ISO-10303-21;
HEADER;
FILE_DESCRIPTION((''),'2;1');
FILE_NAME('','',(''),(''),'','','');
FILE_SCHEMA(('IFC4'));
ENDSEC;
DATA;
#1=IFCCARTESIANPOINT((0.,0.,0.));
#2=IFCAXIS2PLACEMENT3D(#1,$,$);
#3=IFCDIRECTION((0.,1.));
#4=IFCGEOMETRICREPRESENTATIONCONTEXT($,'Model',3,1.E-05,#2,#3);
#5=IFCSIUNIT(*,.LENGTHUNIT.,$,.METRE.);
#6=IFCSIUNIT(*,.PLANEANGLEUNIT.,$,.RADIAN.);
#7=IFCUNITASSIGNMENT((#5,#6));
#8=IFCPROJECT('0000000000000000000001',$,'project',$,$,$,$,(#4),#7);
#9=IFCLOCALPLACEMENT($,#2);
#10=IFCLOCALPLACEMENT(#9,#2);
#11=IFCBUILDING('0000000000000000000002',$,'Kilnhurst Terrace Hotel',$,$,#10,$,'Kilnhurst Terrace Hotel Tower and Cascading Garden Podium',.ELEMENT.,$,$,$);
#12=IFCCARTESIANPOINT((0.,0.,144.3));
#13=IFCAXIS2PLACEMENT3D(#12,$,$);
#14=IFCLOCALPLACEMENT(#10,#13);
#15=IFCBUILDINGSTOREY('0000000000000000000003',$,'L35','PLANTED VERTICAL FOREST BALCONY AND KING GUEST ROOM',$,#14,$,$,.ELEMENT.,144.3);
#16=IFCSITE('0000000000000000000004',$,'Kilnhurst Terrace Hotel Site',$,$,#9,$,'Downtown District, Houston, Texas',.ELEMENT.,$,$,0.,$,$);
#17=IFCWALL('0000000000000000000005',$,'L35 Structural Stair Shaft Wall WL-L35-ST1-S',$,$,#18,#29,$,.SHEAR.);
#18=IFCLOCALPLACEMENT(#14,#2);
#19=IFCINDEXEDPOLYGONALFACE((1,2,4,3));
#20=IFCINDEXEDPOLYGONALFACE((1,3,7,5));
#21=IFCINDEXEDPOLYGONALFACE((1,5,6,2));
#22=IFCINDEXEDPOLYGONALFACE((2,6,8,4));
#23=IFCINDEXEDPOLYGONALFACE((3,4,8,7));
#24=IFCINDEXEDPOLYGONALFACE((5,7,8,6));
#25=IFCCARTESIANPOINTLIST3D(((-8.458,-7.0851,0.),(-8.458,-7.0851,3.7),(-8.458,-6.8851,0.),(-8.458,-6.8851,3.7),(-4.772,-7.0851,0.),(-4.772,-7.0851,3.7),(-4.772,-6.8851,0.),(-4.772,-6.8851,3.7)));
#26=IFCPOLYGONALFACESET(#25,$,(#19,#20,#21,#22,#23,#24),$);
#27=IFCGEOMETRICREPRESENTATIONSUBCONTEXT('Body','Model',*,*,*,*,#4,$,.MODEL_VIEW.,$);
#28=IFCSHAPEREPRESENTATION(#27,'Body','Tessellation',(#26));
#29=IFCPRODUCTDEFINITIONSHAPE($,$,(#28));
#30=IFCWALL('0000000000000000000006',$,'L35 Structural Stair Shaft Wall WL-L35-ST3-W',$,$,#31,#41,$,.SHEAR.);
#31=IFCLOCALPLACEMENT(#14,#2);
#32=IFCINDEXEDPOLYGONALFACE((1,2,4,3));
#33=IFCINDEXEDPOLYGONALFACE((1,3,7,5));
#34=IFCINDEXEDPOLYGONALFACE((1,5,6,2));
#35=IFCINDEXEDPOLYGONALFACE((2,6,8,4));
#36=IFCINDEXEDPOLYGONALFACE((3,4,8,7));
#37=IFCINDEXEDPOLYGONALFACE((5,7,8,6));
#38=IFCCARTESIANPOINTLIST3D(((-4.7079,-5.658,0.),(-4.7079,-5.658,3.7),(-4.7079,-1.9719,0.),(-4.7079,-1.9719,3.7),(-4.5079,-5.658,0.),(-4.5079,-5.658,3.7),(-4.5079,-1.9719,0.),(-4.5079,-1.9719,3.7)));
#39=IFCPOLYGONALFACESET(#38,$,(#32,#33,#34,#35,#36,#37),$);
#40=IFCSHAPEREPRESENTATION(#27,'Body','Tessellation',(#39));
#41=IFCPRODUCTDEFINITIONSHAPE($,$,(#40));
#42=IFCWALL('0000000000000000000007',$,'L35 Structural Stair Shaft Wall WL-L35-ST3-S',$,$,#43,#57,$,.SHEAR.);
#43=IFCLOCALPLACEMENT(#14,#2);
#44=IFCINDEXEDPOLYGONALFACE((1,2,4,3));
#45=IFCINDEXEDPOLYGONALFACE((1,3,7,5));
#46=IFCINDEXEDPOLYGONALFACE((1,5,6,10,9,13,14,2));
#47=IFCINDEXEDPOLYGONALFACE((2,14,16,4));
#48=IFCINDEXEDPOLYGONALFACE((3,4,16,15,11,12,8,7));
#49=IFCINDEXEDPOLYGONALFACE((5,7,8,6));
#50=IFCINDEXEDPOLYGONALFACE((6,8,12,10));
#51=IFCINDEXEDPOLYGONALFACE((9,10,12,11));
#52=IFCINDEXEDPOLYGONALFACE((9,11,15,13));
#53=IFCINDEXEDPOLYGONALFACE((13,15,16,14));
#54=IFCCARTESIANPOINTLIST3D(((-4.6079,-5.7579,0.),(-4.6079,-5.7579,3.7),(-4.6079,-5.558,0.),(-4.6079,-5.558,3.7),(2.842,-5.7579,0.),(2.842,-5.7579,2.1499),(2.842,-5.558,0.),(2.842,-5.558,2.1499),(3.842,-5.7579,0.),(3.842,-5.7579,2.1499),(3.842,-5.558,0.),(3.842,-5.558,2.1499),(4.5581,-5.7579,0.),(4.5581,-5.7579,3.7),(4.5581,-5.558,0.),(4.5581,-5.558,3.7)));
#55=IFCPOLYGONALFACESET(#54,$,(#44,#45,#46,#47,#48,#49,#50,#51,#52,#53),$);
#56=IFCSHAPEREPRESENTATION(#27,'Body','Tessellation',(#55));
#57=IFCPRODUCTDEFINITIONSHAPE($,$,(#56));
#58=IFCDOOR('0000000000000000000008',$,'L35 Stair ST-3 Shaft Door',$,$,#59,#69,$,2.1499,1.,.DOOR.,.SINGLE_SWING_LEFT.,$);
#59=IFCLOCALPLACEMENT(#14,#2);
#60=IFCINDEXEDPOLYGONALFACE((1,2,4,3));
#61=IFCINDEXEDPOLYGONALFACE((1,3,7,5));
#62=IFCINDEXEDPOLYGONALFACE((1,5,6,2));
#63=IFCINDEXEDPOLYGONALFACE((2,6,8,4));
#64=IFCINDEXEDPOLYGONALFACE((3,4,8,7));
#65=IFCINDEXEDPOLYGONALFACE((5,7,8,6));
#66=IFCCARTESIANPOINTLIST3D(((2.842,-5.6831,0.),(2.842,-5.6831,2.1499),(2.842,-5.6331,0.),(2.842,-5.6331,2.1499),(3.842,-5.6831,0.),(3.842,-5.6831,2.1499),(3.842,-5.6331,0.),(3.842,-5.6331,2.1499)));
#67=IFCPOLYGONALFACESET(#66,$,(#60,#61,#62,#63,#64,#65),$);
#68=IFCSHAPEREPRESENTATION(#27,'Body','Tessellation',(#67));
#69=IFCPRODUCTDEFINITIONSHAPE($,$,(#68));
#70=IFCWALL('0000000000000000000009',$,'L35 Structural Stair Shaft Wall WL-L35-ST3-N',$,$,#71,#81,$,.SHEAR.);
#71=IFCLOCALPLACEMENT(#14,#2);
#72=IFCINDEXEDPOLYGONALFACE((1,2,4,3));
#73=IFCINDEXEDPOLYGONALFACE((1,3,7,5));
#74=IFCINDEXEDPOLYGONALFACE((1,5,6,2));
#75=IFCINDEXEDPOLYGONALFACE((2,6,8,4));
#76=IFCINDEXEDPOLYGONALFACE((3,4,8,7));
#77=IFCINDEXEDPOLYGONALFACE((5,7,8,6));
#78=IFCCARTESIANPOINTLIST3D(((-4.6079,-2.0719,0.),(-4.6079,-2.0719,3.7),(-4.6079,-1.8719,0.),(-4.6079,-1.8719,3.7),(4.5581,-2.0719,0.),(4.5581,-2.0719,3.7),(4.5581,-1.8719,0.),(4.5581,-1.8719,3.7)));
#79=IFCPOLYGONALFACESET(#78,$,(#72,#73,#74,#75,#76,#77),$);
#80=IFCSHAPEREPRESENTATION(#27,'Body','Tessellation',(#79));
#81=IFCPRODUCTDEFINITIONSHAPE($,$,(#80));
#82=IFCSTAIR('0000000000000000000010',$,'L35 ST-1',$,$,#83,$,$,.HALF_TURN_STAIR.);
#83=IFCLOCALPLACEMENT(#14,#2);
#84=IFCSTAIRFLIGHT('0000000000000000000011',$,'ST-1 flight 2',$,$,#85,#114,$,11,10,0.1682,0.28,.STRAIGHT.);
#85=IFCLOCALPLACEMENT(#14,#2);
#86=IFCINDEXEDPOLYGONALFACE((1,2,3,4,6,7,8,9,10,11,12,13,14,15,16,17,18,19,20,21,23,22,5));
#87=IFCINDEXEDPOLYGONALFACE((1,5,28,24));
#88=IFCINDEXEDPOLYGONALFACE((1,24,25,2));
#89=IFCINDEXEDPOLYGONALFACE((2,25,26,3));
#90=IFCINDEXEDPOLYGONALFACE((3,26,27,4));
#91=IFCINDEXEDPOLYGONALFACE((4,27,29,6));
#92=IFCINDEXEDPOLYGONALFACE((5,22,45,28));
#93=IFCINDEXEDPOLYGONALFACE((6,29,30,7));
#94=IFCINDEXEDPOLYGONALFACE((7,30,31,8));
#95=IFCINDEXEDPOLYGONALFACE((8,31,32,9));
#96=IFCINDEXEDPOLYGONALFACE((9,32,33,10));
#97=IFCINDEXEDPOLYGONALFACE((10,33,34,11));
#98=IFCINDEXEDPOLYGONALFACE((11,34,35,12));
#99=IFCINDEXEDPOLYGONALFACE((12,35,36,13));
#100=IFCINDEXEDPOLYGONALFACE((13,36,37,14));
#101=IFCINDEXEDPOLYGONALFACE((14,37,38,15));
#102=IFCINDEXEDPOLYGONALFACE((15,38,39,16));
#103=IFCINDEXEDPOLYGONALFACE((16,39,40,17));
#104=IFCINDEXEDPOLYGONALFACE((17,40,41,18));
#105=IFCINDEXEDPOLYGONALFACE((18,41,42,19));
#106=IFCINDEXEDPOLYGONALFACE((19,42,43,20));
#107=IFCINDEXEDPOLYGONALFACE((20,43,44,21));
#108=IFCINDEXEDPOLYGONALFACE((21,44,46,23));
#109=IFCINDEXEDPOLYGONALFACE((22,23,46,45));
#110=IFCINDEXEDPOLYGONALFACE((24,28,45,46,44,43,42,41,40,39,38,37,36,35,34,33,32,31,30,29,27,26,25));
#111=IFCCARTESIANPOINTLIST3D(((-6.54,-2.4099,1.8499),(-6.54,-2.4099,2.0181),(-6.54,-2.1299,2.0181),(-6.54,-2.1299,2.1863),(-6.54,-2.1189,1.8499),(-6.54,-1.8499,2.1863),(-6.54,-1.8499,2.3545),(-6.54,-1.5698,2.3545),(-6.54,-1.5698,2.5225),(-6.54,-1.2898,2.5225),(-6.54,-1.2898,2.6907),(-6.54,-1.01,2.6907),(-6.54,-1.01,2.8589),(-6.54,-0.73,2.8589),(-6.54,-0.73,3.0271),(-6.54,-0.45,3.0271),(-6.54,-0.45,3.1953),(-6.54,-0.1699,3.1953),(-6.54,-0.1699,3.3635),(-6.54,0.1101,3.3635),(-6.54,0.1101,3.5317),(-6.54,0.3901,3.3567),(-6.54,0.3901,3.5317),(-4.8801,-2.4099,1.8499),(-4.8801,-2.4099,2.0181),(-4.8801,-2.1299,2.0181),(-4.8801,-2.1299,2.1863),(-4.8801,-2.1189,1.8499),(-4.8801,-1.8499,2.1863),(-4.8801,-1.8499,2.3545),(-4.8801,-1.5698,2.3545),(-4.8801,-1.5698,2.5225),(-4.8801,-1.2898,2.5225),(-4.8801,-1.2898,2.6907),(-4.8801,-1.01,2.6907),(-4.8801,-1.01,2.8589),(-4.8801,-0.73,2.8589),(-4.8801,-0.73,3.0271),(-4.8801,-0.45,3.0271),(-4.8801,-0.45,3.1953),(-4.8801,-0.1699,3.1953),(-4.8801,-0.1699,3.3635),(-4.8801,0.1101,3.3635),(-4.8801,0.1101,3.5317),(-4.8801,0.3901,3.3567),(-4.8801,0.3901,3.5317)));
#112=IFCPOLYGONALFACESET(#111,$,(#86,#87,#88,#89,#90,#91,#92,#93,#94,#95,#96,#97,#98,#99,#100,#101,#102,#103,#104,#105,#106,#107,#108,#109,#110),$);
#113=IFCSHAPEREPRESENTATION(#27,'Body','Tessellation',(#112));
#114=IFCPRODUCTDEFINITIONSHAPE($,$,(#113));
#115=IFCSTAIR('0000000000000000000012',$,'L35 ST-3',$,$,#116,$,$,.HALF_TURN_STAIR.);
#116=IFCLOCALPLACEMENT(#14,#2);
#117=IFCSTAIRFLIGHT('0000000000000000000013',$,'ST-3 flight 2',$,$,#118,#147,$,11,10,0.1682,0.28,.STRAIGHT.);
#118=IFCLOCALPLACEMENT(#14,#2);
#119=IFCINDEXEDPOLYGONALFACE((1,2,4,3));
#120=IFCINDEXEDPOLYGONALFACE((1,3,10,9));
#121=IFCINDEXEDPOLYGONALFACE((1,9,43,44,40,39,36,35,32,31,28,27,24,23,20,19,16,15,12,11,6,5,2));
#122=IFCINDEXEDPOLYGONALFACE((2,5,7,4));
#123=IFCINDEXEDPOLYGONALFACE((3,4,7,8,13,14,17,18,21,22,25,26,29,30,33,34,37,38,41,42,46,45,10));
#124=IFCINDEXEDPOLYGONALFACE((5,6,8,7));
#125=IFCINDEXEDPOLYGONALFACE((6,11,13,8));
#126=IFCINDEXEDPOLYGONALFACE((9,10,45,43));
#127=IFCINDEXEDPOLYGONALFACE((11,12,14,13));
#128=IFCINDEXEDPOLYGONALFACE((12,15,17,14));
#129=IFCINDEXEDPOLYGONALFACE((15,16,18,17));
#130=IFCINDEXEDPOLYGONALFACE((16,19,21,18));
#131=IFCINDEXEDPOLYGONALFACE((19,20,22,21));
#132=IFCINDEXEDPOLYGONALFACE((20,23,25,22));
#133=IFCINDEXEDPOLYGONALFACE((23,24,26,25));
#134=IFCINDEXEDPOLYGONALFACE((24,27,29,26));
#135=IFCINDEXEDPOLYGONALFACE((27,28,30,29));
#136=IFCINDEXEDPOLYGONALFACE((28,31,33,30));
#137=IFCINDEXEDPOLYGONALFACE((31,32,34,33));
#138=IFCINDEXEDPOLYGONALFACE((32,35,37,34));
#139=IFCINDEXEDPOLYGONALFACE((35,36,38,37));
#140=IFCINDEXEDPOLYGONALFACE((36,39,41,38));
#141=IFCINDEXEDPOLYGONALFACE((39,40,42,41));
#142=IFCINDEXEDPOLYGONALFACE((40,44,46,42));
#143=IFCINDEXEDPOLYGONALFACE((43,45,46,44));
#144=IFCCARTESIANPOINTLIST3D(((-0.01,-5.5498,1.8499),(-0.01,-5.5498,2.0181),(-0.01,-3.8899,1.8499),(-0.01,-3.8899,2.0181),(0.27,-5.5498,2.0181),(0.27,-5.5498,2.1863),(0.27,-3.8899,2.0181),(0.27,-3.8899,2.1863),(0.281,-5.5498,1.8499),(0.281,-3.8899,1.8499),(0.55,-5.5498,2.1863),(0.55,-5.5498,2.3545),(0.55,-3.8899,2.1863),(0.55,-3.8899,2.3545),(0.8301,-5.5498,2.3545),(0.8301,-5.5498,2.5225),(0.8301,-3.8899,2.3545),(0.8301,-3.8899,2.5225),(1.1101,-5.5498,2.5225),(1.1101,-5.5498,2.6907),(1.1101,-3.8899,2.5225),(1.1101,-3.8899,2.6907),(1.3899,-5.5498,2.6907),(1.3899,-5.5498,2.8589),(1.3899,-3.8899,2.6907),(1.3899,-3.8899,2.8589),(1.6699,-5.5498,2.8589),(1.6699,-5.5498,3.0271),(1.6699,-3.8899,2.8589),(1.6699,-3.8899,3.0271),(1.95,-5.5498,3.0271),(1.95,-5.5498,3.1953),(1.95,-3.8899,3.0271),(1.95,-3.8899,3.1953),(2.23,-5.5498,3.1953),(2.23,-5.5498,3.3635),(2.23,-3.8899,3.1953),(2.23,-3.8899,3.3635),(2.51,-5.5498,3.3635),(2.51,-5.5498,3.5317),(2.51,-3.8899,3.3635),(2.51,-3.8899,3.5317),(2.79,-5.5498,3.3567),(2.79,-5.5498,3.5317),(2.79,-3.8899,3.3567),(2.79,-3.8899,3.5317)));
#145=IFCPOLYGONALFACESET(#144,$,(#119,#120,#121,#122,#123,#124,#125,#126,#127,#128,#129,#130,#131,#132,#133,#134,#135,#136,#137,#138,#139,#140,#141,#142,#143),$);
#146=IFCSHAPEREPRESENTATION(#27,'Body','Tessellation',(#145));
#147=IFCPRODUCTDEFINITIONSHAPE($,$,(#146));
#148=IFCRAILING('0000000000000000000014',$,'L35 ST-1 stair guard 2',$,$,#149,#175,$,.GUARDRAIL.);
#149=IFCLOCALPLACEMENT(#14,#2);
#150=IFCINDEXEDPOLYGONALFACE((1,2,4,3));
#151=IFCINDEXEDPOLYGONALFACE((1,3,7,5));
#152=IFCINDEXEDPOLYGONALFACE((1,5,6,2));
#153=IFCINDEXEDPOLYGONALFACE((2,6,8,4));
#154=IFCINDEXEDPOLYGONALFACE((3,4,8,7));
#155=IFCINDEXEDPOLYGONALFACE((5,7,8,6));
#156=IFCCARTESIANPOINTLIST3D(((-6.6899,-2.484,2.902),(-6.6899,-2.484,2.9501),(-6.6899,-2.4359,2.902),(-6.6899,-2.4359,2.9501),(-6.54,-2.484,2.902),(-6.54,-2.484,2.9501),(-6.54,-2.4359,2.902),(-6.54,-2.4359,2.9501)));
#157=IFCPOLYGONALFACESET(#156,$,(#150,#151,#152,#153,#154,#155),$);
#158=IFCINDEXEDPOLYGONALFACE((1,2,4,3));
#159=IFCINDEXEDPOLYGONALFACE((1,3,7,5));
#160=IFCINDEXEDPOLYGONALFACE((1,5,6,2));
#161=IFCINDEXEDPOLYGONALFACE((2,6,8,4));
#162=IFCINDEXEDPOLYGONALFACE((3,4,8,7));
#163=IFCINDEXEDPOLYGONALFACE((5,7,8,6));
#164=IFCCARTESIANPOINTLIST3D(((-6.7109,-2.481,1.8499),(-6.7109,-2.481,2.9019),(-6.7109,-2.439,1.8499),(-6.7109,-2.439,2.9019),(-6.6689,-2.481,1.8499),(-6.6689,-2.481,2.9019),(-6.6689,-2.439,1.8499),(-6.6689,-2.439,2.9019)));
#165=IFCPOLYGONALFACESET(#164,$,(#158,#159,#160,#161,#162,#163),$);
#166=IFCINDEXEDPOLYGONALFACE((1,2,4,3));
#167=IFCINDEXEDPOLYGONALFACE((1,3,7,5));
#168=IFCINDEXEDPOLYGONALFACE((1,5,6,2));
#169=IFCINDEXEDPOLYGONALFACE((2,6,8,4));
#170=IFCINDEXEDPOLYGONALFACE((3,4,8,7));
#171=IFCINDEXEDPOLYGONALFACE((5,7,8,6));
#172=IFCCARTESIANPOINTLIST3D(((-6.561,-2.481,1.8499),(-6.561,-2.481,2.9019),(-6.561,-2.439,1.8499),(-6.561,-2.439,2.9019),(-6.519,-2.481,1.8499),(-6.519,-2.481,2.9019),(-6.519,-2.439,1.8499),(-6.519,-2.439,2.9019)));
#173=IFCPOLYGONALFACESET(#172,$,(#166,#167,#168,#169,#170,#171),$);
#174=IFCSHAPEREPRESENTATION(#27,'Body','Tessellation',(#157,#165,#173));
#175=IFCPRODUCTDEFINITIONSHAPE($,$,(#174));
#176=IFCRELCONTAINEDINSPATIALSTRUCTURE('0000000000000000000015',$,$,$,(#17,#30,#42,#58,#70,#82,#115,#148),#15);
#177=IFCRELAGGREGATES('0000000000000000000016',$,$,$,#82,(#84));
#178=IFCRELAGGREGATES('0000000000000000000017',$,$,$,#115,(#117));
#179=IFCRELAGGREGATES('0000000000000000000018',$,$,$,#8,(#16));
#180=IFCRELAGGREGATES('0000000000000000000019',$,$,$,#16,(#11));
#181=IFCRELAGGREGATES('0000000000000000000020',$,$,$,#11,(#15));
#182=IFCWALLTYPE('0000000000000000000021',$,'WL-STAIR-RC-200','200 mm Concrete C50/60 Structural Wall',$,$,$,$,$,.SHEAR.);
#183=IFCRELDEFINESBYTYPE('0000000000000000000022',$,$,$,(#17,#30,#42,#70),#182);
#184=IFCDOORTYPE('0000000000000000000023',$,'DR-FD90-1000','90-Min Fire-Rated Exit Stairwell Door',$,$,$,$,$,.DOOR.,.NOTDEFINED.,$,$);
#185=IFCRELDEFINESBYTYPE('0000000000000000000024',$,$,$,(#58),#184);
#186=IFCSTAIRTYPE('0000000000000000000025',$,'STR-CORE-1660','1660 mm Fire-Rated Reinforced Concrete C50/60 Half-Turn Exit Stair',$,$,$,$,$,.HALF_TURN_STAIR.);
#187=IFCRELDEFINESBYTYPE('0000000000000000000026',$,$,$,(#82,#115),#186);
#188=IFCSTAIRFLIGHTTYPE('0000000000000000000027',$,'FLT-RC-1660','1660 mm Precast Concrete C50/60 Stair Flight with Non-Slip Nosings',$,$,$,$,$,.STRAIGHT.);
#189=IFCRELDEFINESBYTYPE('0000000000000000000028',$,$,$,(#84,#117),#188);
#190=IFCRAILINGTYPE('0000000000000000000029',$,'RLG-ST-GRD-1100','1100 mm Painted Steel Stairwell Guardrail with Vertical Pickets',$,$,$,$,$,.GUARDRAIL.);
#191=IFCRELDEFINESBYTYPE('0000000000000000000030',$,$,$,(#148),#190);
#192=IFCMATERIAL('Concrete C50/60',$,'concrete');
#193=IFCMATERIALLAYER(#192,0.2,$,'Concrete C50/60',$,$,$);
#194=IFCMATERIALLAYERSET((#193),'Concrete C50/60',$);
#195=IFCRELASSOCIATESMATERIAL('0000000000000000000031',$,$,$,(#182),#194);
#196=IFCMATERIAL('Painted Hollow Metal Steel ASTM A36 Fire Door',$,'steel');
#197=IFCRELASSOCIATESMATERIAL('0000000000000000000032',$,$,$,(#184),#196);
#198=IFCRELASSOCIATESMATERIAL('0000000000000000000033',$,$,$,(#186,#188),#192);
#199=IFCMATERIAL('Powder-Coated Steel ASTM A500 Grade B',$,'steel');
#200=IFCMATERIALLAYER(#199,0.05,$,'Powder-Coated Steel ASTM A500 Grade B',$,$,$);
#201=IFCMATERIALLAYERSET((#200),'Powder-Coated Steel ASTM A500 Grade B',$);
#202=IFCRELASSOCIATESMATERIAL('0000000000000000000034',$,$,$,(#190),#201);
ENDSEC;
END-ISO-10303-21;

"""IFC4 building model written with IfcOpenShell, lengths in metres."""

from ifc_helpers import new_model, si_unit, direction, frame, frame_2d, origin, origin_2d, place, context, subcontext, project, spatial, polyline, rectangle, outline, extrude, material, layer, layer_set, type_object, element, fill, aggregate, save


model = new_model("IFC4")

# Units and contexts
model_context = context("Model", 3, precision=1e-05, world=origin(), true_north=direction((0.0, 1.0)))
body_context = subcontext(model_context, "Body", "Model", "MODEL_VIEW")
ifc_project = project(units=[si_unit("LENGTHUNIT", "METRE"), si_unit("PLANEANGLEUNIT", "RADIAN")], contexts=[model_context])

# Site, building, storey
site_placement = place(None, origin())
site = spatial("IfcSite", under=ifc_project, at=site_placement, Name="Kilnhurst Terrace Hotel Site", LongName="Downtown District, Houston, Texas", CompositionType="ELEMENT", RefElevation=0.0)
building_placement = place(site_placement, origin())
building = spatial("IfcBuilding", under=site, at=building_placement, Name="Kilnhurst Terrace Hotel", LongName="Kilnhurst Terrace Hotel Tower and Cascading Garden Podium", CompositionType="ELEMENT")
storey_placement = place(building_placement, frame((0.0, 0.0, 144.3)))
storey = spatial("IfcBuildingStorey", under=building, at=storey_placement, Name="L35", Description="PLANTED VERTICAL FOREST BALCONY AND KING GUEST ROOM", CompositionType="ELEMENT", Elevation=144.3)

# Shared definitions
ifc_material_1 = material(Name="Concrete C50/60", Category="concrete")

# Walls
ifc_layer_1 = layer(ifc_material_1, 0.2, Name="Concrete C50/60")
ifc_layer_set_1 = layer_set([ifc_layer_1], Name="Concrete C50/60")
wall_type_1 = type_object("IfcWallType", Name="WL-STAIR-RC-200", Description="200 mm Concrete C50/60 Structural Wall", PredefinedType="SHEAR", material=ifc_layer_set_1)
for number, where, z_axis, x_axis, name in (
    (1, (-8.458, -6.9851, 0.0), (0.0, 0.0, 1.0), (1.0, 0.0, 0.0), "L35 Structural Stair Shaft Wall WL-L35-ST1-S"),
    (2, (-4.6079, -5.658, 0.0), (0.0, 0.0, 1.0), (0.0, 1.0, 0.0), "L35 Structural Stair Shaft Wall WL-L35-ST3-W"),
):
    element("IfcWall", number, at=place(storey_placement, frame(where, z_axis=z_axis, x_axis=x_axis)), inside=storey, type_object=wall_type_1, Name=name, PredefinedType="SHEAR", context=body_context, shape_type="SweptSolid", body=[
        extrude(rectangle(XDim=3.686, YDim=0.2, at=frame_2d((1.843, 0.0))), origin(), (0.0, 0.0, 1.0), 3.7),
    ])

# Wall, opening, door
wall_1_placement = place(storey_placement, frame((-4.6079, -5.658, 0.0), z_axis=(0.0, 0.0, 1.0), x_axis=(1.0, 0.0, 0.0)))
wall_1 = element("IfcWall", 3, at=wall_1_placement, inside=storey, type_object=wall_type_1, Name="L35 Structural Stair Shaft Wall WL-L35-ST3-S", PredefinedType="SHEAR", context=body_context, shape_type="SweptSolid", body=[
    extrude(rectangle(XDim=9.166, YDim=0.2, at=frame_2d((4.583, 0.0))), origin(), (0.0, 0.0, 1.0), 3.7),
])
opening_1_placement = place(wall_1_placement, frame((7.45, 0.0, 0.0)))
opening_1 = element("IfcOpeningElement", 4, at=opening_1_placement, cuts=wall_1, PredefinedType="OPENING", context=body_context, shape_type="SweptSolid", body=[
    extrude(rectangle(XDim=1.0, YDim=2.1499, at=frame_2d((0.5, 1.075))), frame((0.0, 0.1099, 0.0), z_axis=(0.0, -1.0, 0.0), x_axis=(1.0, 0.0, 0.0)), (0.0, 0.0, 1.0), 0.22),
])
ifc_material_2 = material(Name="Painted Hollow Metal Steel ASTM A36 Fire Door", Category="steel")
door_type_1 = type_object("IfcDoorType", Name="DR-FD90-1000", Description="90-Min Fire-Rated Exit Stairwell Door", OperationType="NOTDEFINED", PredefinedType="DOOR", material=ifc_material_2)
door_1_placement = place(opening_1_placement, origin())
door_1 = element("IfcDoor", 5, at=door_1_placement, inside=storey, type_object=door_type_1, Name="L35 Stair ST-3 Shaft Door", OperationType="SINGLE_SWING_LEFT", OverallHeight=2.1499, OverallWidth=1.0, PredefinedType="DOOR", context=body_context, shape_type="SweptSolid", body=[
    extrude(rectangle(XDim=1.0, YDim=2.1499, at=frame_2d((0.5, 1.075))), frame((0.0, 0.0249, 0.0), z_axis=(0.0, -1.0, 0.0), x_axis=(1.0, 0.0, 0.0)), (0.0, 0.0, 1.0), 0.05),
])
fill(opening_1, door_1)

# Wall
wall_2_placement = place(storey_placement, frame((-4.6079, -1.9719, 0.0), z_axis=(0.0, 0.0, 1.0), x_axis=(1.0, 0.0, 0.0)))
element("IfcWall", 6, at=wall_2_placement, inside=storey, type_object=wall_type_1, Name="L35 Structural Stair Shaft Wall WL-L35-ST3-N", PredefinedType="SHEAR", context=body_context, shape_type="SweptSolid", body=[
    extrude(rectangle(XDim=9.166, YDim=0.2, at=frame_2d((4.583, 0.0))), origin(), (0.0, 0.0, 1.0), 3.7),
])

# Stairs, stair flights
stair_type = type_object("IfcStairType", Name="STR-CORE-1660", Description="1660 mm Fire-Rated Reinforced Concrete C50/60 Half-Turn Exit Stair", PredefinedType="HALF_TURN_STAIR", material=ifc_material_1)
stair_1_placement = place(storey_placement, origin())
stair_1 = element("IfcStair", 7, at=stair_1_placement, inside=storey, type_object=stair_type, Name="L35 ST-1", PredefinedType="HALF_TURN_STAIR")
stair_flight_type = type_object("IfcStairFlightType", Name="FLT-RC-1660", Description="1660 mm Precast Concrete C50/60 Stair Flight with Non-Slip Nosings", PredefinedType="STRAIGHT", material=ifc_material_1)
stair_flight_1_placement = place(storey_placement, frame((-5.71, -2.4099, 1.8499), z_axis=(0.0, 0.0, 1.0), x_axis=(0.0, 1.0, 0.0)))
stair_flight_1 = element("IfcStairFlight", 8, at=stair_flight_1_placement, type_object=stair_flight_type, Name="ST-1 flight 2", NumberOfRisers=11, NumberOfTreads=10, PredefinedType="STRAIGHT", RiserHeight=0.1682, TreadLength=0.28, context=body_context, shape_type="SweptSolid", body=[
    extrude(outline(polyline([(0.0, 0.0), (0.0, 0.1682), (0.28, 0.1682), (0.28, 0.3364), (0.5601, 0.3364), (0.5601, 0.5046), (0.8401, 0.5046), (0.8401, 0.6726), (1.1201, 0.6726), (1.1201, 0.8408), (1.3999, 0.8408), (1.3999, 1.009), (1.6799, 1.009), (1.6799, 1.1772), (1.96, 1.1772), (1.96, 1.3455), (2.24, 1.3455), (2.24, 1.5137), (2.52, 1.5137), (2.52, 1.6819), (2.8, 1.6819), (2.8, 1.8501), (2.8, 1.5068), (0.291, 0.0), (0.0, 0.0)])), frame((0.0, 0.8301, 0.0), z_axis=(0.0, -1.0, 0.0), x_axis=(1.0, 0.0, 0.0)), (0.0, 0.0, 1.0), 1.6599),
])
aggregate(stair_1, [stair_flight_1])
stair_2_placement = place(storey_placement, origin())
stair_2 = element("IfcStair", 9, at=stair_2_placement, inside=storey, type_object=stair_type, Name="L35 ST-3", PredefinedType="HALF_TURN_STAIR")
stair_flight_2_placement = place(storey_placement, frame((-0.01, -4.72, 1.8499), z_axis=(0.0, 0.0, 1.0), x_axis=(1.0, 0.0, 0.0)))
stair_flight_2 = element("IfcStairFlight", 10, at=stair_flight_2_placement, type_object=stair_flight_type, Name="ST-3 flight 2", NumberOfRisers=11, NumberOfTreads=10, PredefinedType="STRAIGHT", RiserHeight=0.1682, TreadLength=0.28, context=body_context, shape_type="SweptSolid", body=[
    extrude(outline(polyline([(0.0, 0.0), (0.0, 0.1682), (0.28, 0.1682), (0.28, 0.3364), (0.5601, 0.3364), (0.5601, 0.5046), (0.8401, 0.5046), (0.8401, 0.6726), (1.1201, 0.6726), (1.1201, 0.8408), (1.3999, 0.8408), (1.3999, 1.009), (1.6799, 1.009), (1.6799, 1.1772), (1.96, 1.1772), (1.96, 1.3455), (2.24, 1.3455), (2.24, 1.5137), (2.52, 1.5137), (2.52, 1.6819), (2.8, 1.6819), (2.8, 1.8501), (2.8, 1.5068), (0.291, 0.0), (0.0, 0.0)])), frame((0.0, 0.8301, 0.0), z_axis=(0.0, -1.0, 0.0), x_axis=(1.0, 0.0, 0.0)), (0.0, 0.0, 1.0), 1.6599),
])
aggregate(stair_2, [stair_flight_2])

# Railing
ifc_material_3 = material(Name="Powder-Coated Steel ASTM A500 Grade B", Category="steel")
ifc_layer_2 = layer(ifc_material_3, 0.05, Name="Powder-Coated Steel ASTM A500 Grade B")
ifc_layer_set_2 = layer_set([ifc_layer_2], Name="Powder-Coated Steel ASTM A500 Grade B")
railing_type_1 = type_object("IfcRailingType", Name="RLG-ST-GRD-1100", Description="1100 mm Painted Steel Stairwell Guardrail with Vertical Pickets", PredefinedType="GUARDRAIL", material=ifc_layer_set_2)
railing_1_placement = place(storey_placement, frame((-6.6899, -2.46, 1.8499)))
element("IfcRailing", 11, at=railing_1_placement, inside=storey, type_object=railing_type_1, Name="L35 ST-1 stair guard 2", PredefinedType="GUARDRAIL", context=body_context, shape_type="SweptSolid", body=[
    extrude(rectangle(XDim=0.0481, YDim=0.0481, at=origin_2d()), frame((0.0, 0.0, 1.0762), z_axis=(1.0, 0.0, 0.0), x_axis=(0.0, 1.0, 0.0)), (0.0, 0.0, 1.0), 0.1499),
    extrude(rectangle(XDim=0.042, YDim=0.042, at=origin_2d()), origin(), (0.0, 0.0, 1.0), 1.052),
    extrude(rectangle(XDim=0.042, YDim=0.042, at=origin_2d()), frame((0.1499, 0.0, 0.0)), (0.0, 0.0, 1.0), 1.052),
])

save(model, "model.ifc")
